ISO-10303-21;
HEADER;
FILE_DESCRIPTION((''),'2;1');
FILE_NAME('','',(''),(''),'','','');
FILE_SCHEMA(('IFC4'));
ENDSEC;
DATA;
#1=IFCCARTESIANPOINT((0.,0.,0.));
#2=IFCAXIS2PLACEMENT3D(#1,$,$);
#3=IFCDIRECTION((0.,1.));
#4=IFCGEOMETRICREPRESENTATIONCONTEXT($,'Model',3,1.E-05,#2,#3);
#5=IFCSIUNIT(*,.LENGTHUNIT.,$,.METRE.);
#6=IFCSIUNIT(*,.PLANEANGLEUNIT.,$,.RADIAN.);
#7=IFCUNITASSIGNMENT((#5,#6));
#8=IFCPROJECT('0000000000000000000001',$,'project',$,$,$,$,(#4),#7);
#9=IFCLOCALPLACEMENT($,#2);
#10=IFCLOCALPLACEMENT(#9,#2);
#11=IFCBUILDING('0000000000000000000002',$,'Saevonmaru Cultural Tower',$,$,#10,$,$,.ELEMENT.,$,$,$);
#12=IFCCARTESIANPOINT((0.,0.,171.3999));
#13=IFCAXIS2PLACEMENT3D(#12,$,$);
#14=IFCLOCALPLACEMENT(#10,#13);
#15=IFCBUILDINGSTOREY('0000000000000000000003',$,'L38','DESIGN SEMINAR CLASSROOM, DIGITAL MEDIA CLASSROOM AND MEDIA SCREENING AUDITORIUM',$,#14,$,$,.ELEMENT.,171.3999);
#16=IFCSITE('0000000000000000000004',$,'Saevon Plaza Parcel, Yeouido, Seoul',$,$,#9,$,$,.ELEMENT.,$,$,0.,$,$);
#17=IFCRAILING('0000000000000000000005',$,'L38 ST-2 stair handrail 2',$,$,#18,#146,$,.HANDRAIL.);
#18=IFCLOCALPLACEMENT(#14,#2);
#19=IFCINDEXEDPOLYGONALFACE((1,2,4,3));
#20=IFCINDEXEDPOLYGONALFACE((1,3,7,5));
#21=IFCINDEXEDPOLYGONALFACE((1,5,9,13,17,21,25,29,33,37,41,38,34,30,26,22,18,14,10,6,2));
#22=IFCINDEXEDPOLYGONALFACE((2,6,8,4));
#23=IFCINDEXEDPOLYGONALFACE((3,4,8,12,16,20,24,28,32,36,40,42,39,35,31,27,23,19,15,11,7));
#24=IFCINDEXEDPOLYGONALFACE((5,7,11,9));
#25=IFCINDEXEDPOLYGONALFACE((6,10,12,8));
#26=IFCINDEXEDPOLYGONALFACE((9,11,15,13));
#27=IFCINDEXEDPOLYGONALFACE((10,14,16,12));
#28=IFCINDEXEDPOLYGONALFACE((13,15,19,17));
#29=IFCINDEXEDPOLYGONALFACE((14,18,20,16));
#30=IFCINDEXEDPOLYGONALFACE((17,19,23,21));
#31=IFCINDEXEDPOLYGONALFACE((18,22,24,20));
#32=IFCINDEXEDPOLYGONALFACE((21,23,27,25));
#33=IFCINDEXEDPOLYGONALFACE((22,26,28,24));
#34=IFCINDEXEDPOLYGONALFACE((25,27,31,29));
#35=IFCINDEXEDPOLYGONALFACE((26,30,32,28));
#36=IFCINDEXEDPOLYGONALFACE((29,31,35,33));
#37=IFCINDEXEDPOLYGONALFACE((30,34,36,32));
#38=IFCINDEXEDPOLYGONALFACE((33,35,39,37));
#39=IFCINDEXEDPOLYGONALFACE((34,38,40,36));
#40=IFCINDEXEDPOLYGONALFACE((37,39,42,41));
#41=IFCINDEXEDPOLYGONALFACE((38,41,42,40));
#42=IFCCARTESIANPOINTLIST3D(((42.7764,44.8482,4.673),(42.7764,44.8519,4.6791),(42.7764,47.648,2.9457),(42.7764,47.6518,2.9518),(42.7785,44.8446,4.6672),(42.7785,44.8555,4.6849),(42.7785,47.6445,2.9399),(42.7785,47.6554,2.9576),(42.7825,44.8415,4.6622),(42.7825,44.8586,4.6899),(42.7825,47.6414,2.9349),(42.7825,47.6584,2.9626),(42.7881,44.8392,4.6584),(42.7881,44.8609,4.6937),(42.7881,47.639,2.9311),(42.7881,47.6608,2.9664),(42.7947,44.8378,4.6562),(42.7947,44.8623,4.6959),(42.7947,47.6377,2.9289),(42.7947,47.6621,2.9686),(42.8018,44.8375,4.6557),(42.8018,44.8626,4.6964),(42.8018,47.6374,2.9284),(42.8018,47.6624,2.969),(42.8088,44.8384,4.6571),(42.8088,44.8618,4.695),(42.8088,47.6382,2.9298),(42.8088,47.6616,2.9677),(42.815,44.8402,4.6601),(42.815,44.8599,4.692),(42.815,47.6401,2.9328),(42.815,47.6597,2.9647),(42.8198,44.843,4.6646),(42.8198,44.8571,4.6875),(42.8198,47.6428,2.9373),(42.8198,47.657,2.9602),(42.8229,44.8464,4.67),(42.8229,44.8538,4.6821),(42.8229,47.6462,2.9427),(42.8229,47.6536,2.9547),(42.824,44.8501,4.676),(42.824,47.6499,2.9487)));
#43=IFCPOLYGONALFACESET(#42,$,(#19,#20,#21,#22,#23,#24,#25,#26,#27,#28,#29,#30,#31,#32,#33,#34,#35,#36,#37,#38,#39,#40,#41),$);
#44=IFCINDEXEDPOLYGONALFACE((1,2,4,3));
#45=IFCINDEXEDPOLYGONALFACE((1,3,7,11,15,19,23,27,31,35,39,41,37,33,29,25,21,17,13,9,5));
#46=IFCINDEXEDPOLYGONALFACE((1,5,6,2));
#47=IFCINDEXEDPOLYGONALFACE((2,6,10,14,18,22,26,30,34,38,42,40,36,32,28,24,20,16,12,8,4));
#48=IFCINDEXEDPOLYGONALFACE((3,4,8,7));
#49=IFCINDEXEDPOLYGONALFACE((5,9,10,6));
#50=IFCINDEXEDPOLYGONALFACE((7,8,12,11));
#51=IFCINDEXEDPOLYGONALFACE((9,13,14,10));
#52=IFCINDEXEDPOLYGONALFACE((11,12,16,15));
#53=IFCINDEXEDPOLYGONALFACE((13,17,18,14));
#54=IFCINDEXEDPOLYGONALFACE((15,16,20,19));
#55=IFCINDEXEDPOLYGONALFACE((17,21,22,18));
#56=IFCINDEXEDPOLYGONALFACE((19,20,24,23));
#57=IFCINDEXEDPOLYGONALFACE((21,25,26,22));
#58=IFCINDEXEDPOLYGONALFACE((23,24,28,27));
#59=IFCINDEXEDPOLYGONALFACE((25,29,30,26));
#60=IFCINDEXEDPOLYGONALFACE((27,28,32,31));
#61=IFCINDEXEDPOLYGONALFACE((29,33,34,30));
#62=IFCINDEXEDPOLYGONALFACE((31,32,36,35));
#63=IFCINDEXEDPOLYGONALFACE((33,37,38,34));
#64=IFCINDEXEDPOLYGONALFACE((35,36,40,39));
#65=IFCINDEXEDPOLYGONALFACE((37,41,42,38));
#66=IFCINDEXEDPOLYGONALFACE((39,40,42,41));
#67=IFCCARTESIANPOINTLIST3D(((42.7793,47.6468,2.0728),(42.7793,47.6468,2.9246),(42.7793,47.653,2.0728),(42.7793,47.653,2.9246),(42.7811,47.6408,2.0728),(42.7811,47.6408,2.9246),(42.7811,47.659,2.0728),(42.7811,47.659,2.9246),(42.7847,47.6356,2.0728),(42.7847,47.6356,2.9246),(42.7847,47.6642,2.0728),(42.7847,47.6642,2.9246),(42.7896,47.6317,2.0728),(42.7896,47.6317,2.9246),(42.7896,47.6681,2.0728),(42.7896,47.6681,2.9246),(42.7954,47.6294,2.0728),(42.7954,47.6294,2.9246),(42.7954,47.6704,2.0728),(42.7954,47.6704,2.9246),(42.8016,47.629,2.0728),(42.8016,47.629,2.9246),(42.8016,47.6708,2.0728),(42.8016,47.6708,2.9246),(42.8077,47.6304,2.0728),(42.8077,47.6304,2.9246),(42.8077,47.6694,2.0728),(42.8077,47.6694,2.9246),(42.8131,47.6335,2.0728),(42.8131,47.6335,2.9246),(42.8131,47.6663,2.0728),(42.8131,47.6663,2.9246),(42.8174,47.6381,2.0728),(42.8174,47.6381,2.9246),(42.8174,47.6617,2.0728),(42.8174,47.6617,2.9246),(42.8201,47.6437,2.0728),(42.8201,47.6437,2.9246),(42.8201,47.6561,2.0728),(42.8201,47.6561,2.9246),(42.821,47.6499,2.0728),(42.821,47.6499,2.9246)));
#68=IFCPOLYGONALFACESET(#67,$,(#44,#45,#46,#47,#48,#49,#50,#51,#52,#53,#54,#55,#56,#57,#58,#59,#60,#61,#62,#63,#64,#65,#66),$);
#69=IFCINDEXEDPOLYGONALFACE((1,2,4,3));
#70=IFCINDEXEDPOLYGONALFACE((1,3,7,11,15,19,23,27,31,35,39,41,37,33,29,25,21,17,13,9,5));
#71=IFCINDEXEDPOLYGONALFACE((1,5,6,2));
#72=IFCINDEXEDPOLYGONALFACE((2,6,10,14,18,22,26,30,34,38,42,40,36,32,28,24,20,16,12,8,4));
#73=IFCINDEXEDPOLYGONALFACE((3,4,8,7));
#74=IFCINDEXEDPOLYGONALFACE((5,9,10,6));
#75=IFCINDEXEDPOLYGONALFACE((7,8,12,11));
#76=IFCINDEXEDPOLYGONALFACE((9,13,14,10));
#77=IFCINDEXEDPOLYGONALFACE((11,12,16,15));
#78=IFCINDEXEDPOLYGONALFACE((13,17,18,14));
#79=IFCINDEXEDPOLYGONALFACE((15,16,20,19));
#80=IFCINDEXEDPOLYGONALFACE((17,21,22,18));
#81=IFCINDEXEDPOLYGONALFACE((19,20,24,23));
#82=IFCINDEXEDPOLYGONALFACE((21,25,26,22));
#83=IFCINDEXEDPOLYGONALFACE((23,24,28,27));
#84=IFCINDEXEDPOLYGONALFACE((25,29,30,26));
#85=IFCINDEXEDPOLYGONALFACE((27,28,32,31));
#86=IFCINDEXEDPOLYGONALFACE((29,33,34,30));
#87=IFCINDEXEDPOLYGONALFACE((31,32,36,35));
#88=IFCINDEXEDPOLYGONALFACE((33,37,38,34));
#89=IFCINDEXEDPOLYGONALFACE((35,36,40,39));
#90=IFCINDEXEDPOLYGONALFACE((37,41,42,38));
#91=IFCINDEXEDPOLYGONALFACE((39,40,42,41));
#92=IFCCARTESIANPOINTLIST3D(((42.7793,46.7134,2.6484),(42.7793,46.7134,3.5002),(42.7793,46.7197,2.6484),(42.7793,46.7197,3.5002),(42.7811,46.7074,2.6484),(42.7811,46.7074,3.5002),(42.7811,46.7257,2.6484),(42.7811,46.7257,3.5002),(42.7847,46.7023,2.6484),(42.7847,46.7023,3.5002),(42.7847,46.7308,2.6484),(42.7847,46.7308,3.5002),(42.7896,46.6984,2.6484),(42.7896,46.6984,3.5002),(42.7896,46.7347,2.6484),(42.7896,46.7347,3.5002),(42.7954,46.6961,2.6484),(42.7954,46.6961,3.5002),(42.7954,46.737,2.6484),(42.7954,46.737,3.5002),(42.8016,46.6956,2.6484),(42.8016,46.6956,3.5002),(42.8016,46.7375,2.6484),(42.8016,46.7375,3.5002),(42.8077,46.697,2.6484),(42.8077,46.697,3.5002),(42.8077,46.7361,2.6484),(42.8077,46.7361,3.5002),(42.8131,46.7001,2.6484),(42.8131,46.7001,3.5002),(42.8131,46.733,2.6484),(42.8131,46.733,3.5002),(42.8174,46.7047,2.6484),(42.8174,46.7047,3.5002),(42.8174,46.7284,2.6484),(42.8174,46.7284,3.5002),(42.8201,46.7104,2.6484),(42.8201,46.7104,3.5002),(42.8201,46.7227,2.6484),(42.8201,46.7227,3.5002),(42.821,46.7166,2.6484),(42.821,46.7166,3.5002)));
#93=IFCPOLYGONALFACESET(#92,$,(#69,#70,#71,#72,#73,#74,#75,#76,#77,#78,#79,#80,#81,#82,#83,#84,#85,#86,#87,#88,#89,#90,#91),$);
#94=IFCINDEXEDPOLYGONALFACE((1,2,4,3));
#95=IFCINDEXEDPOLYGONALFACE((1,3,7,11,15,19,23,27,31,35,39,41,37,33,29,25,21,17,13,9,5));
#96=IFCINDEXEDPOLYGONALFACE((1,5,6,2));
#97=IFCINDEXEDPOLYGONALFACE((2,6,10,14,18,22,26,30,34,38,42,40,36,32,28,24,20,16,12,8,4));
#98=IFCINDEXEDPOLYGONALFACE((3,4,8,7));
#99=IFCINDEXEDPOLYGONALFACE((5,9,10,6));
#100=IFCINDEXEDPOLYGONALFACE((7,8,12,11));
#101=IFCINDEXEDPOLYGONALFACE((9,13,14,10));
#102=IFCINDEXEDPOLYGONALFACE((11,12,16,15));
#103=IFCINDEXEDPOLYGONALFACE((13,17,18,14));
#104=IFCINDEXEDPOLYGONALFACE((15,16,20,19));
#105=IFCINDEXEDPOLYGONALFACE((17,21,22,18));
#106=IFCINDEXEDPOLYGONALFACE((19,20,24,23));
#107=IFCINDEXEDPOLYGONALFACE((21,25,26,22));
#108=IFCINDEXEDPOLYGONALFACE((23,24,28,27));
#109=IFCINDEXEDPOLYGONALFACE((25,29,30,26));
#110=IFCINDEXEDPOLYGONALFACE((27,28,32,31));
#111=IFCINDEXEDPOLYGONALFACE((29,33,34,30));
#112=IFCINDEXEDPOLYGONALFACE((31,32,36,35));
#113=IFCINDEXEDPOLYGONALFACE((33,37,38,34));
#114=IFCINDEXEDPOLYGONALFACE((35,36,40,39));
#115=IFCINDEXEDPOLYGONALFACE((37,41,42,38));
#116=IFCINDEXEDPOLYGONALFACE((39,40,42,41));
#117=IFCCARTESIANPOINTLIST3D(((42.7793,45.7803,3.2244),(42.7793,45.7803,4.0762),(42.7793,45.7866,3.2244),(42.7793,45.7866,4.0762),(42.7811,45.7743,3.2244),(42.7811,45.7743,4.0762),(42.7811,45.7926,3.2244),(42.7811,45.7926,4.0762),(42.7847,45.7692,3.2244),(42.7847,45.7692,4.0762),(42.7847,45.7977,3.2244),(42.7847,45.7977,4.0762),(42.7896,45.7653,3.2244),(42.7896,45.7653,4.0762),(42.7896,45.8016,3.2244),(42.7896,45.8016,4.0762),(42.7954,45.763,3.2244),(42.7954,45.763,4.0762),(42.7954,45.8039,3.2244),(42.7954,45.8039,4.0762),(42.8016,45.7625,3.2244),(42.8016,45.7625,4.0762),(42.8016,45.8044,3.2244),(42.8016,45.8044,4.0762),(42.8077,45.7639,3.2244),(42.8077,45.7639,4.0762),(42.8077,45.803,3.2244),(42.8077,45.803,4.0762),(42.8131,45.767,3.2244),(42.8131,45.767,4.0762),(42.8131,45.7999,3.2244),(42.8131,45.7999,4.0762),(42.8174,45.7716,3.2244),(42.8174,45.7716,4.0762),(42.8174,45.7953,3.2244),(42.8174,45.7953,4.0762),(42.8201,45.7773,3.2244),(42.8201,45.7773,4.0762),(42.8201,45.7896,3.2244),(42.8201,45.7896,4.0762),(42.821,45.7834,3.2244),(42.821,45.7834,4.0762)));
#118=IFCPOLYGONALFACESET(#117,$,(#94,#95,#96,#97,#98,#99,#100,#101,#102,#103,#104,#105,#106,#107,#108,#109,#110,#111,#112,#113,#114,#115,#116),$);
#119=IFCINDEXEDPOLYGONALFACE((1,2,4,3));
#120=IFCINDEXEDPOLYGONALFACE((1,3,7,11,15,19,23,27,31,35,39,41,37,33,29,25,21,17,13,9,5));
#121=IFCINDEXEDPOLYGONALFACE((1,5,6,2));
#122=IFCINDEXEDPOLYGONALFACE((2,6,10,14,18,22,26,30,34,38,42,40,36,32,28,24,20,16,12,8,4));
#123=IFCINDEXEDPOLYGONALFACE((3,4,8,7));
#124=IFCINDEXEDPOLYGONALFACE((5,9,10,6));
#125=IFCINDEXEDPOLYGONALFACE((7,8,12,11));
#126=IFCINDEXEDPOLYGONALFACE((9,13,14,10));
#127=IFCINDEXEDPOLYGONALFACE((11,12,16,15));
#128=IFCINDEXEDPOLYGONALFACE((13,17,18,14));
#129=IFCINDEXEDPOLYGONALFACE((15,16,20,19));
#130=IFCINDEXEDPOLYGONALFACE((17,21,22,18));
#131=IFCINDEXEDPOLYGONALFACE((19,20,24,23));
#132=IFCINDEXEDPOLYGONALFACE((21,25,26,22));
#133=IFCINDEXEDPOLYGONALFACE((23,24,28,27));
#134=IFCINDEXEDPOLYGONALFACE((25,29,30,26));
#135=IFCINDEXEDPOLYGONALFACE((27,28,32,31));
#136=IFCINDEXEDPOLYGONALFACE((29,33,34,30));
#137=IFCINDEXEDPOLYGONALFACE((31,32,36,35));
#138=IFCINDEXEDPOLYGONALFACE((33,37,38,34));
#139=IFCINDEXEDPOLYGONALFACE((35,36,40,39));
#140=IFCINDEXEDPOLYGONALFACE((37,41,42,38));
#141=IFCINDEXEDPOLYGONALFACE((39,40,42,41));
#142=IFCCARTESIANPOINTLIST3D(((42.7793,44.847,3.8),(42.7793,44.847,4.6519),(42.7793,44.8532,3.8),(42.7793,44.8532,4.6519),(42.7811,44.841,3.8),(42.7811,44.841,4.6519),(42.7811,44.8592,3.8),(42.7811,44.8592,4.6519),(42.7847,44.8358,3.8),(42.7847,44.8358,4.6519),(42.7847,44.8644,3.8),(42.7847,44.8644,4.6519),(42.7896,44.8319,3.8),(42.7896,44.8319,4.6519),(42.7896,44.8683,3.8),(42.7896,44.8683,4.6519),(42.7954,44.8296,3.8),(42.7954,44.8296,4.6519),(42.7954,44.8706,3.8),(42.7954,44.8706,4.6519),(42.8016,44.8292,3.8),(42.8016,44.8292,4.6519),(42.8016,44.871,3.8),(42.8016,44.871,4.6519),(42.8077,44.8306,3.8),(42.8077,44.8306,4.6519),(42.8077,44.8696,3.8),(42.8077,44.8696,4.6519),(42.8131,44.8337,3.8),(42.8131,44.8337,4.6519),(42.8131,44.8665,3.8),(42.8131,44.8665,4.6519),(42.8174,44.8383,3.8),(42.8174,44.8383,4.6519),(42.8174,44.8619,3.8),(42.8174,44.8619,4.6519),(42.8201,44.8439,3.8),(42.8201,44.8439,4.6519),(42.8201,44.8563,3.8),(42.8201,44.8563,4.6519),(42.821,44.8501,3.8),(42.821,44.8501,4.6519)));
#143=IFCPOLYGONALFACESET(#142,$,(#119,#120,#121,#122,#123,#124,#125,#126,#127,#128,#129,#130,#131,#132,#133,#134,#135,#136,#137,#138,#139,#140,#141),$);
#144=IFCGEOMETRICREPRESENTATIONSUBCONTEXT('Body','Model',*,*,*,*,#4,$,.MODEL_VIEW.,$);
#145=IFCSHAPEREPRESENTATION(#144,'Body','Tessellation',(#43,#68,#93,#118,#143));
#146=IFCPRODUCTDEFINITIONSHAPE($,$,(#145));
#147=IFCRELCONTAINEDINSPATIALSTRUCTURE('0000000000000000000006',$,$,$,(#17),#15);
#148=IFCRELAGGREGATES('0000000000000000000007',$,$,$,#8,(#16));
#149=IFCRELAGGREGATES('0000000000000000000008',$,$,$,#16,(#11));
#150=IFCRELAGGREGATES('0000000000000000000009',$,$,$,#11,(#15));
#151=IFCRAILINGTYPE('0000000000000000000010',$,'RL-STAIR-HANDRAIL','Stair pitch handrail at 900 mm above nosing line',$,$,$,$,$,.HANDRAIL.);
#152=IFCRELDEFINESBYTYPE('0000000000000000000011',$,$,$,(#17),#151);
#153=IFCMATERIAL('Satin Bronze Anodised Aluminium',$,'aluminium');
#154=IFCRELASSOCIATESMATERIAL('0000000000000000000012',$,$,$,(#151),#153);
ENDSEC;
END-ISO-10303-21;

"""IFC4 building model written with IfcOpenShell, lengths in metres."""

from ifc_helpers import new_model, si_unit, direction, frame, origin, origin_2d, place, context, subcontext, project, spatial, circle, extrude, material, type_object, element, save


model = new_model("IFC4")

# Units and contexts
model_context = context("Model", 3, precision=1e-05, world=origin(), true_north=direction((0.0, 1.0)))
body_context = subcontext(model_context, "Body", "Model", "MODEL_VIEW")
ifc_project = project(units=[si_unit("LENGTHUNIT", "METRE"), si_unit("PLANEANGLEUNIT", "RADIAN")], contexts=[model_context])

# Site, building, storey
site_placement = place(None, origin())
site = spatial("IfcSite", under=ifc_project, at=site_placement, Name="Saevon Plaza Parcel, Yeouido, Seoul", CompositionType="ELEMENT", RefElevation=0.0)
building_placement = place(site_placement, origin())
building = spatial("IfcBuilding", under=site, at=building_placement, Name="Saevonmaru Cultural Tower", CompositionType="ELEMENT")
storey_placement = place(building_placement, frame((0.0, 0.0, 171.3999)))
storey = spatial("IfcBuildingStorey", under=building, at=storey_placement, Name="L38", Description="DESIGN SEMINAR CLASSROOM, DIGITAL MEDIA CLASSROOM AND MEDIA SCREENING AUDITORIUM", CompositionType="ELEMENT", Elevation=171.3999)

# Shared definitions
ifc_material_1 = material(Name="Satin Bronze Anodised Aluminium", Category="aluminium")

# Railing
railing_type_1 = type_object("IfcRailingType", Name="RL-STAIR-HANDRAIL", Description="Stair pitch handrail at 900 mm above nosing line", PredefinedType="HANDRAIL", material=ifc_material_1)
railing_1_placement = place(storey_placement, frame((42.8, 47.6499, 2.0728)))
element("IfcRailing", 1, at=railing_1_placement, inside=storey, type_object=railing_type_1, Name="L38 ST-2 stair handrail 2", PredefinedType="HANDRAIL", context=body_context, shape_type="SweptSolid", body=[
    extrude(circle(Radius=0.0239, at=origin_2d()), frame((0.0, 0.0, 0.876), z_axis=(0.0, -0.851069, 0.525054), x_axis=(1.0, 0.0, 0.0)), (0.0, 0.0, 1.0), 3.2898),
    extrude(circle(Radius=0.021, at=origin_2d()), origin(), (0.0, 0.0, 1.0), 0.8518),
    extrude(circle(Radius=0.021, at=origin_2d()), frame((0.0, -0.9333, 0.5757)), (0.0, 0.0, 1.0), 0.8518),
    extrude(circle(Radius=0.021, at=origin_2d()), frame((0.0, -1.8665, 1.1516)), (0.0, 0.0, 1.0), 0.8518),
    extrude(circle(Radius=0.021, at=origin_2d()), frame((0.0, -2.7998, 1.7273)), (0.0, 0.0, 1.0), 0.8518),
])

save(model, "model.ifc")
